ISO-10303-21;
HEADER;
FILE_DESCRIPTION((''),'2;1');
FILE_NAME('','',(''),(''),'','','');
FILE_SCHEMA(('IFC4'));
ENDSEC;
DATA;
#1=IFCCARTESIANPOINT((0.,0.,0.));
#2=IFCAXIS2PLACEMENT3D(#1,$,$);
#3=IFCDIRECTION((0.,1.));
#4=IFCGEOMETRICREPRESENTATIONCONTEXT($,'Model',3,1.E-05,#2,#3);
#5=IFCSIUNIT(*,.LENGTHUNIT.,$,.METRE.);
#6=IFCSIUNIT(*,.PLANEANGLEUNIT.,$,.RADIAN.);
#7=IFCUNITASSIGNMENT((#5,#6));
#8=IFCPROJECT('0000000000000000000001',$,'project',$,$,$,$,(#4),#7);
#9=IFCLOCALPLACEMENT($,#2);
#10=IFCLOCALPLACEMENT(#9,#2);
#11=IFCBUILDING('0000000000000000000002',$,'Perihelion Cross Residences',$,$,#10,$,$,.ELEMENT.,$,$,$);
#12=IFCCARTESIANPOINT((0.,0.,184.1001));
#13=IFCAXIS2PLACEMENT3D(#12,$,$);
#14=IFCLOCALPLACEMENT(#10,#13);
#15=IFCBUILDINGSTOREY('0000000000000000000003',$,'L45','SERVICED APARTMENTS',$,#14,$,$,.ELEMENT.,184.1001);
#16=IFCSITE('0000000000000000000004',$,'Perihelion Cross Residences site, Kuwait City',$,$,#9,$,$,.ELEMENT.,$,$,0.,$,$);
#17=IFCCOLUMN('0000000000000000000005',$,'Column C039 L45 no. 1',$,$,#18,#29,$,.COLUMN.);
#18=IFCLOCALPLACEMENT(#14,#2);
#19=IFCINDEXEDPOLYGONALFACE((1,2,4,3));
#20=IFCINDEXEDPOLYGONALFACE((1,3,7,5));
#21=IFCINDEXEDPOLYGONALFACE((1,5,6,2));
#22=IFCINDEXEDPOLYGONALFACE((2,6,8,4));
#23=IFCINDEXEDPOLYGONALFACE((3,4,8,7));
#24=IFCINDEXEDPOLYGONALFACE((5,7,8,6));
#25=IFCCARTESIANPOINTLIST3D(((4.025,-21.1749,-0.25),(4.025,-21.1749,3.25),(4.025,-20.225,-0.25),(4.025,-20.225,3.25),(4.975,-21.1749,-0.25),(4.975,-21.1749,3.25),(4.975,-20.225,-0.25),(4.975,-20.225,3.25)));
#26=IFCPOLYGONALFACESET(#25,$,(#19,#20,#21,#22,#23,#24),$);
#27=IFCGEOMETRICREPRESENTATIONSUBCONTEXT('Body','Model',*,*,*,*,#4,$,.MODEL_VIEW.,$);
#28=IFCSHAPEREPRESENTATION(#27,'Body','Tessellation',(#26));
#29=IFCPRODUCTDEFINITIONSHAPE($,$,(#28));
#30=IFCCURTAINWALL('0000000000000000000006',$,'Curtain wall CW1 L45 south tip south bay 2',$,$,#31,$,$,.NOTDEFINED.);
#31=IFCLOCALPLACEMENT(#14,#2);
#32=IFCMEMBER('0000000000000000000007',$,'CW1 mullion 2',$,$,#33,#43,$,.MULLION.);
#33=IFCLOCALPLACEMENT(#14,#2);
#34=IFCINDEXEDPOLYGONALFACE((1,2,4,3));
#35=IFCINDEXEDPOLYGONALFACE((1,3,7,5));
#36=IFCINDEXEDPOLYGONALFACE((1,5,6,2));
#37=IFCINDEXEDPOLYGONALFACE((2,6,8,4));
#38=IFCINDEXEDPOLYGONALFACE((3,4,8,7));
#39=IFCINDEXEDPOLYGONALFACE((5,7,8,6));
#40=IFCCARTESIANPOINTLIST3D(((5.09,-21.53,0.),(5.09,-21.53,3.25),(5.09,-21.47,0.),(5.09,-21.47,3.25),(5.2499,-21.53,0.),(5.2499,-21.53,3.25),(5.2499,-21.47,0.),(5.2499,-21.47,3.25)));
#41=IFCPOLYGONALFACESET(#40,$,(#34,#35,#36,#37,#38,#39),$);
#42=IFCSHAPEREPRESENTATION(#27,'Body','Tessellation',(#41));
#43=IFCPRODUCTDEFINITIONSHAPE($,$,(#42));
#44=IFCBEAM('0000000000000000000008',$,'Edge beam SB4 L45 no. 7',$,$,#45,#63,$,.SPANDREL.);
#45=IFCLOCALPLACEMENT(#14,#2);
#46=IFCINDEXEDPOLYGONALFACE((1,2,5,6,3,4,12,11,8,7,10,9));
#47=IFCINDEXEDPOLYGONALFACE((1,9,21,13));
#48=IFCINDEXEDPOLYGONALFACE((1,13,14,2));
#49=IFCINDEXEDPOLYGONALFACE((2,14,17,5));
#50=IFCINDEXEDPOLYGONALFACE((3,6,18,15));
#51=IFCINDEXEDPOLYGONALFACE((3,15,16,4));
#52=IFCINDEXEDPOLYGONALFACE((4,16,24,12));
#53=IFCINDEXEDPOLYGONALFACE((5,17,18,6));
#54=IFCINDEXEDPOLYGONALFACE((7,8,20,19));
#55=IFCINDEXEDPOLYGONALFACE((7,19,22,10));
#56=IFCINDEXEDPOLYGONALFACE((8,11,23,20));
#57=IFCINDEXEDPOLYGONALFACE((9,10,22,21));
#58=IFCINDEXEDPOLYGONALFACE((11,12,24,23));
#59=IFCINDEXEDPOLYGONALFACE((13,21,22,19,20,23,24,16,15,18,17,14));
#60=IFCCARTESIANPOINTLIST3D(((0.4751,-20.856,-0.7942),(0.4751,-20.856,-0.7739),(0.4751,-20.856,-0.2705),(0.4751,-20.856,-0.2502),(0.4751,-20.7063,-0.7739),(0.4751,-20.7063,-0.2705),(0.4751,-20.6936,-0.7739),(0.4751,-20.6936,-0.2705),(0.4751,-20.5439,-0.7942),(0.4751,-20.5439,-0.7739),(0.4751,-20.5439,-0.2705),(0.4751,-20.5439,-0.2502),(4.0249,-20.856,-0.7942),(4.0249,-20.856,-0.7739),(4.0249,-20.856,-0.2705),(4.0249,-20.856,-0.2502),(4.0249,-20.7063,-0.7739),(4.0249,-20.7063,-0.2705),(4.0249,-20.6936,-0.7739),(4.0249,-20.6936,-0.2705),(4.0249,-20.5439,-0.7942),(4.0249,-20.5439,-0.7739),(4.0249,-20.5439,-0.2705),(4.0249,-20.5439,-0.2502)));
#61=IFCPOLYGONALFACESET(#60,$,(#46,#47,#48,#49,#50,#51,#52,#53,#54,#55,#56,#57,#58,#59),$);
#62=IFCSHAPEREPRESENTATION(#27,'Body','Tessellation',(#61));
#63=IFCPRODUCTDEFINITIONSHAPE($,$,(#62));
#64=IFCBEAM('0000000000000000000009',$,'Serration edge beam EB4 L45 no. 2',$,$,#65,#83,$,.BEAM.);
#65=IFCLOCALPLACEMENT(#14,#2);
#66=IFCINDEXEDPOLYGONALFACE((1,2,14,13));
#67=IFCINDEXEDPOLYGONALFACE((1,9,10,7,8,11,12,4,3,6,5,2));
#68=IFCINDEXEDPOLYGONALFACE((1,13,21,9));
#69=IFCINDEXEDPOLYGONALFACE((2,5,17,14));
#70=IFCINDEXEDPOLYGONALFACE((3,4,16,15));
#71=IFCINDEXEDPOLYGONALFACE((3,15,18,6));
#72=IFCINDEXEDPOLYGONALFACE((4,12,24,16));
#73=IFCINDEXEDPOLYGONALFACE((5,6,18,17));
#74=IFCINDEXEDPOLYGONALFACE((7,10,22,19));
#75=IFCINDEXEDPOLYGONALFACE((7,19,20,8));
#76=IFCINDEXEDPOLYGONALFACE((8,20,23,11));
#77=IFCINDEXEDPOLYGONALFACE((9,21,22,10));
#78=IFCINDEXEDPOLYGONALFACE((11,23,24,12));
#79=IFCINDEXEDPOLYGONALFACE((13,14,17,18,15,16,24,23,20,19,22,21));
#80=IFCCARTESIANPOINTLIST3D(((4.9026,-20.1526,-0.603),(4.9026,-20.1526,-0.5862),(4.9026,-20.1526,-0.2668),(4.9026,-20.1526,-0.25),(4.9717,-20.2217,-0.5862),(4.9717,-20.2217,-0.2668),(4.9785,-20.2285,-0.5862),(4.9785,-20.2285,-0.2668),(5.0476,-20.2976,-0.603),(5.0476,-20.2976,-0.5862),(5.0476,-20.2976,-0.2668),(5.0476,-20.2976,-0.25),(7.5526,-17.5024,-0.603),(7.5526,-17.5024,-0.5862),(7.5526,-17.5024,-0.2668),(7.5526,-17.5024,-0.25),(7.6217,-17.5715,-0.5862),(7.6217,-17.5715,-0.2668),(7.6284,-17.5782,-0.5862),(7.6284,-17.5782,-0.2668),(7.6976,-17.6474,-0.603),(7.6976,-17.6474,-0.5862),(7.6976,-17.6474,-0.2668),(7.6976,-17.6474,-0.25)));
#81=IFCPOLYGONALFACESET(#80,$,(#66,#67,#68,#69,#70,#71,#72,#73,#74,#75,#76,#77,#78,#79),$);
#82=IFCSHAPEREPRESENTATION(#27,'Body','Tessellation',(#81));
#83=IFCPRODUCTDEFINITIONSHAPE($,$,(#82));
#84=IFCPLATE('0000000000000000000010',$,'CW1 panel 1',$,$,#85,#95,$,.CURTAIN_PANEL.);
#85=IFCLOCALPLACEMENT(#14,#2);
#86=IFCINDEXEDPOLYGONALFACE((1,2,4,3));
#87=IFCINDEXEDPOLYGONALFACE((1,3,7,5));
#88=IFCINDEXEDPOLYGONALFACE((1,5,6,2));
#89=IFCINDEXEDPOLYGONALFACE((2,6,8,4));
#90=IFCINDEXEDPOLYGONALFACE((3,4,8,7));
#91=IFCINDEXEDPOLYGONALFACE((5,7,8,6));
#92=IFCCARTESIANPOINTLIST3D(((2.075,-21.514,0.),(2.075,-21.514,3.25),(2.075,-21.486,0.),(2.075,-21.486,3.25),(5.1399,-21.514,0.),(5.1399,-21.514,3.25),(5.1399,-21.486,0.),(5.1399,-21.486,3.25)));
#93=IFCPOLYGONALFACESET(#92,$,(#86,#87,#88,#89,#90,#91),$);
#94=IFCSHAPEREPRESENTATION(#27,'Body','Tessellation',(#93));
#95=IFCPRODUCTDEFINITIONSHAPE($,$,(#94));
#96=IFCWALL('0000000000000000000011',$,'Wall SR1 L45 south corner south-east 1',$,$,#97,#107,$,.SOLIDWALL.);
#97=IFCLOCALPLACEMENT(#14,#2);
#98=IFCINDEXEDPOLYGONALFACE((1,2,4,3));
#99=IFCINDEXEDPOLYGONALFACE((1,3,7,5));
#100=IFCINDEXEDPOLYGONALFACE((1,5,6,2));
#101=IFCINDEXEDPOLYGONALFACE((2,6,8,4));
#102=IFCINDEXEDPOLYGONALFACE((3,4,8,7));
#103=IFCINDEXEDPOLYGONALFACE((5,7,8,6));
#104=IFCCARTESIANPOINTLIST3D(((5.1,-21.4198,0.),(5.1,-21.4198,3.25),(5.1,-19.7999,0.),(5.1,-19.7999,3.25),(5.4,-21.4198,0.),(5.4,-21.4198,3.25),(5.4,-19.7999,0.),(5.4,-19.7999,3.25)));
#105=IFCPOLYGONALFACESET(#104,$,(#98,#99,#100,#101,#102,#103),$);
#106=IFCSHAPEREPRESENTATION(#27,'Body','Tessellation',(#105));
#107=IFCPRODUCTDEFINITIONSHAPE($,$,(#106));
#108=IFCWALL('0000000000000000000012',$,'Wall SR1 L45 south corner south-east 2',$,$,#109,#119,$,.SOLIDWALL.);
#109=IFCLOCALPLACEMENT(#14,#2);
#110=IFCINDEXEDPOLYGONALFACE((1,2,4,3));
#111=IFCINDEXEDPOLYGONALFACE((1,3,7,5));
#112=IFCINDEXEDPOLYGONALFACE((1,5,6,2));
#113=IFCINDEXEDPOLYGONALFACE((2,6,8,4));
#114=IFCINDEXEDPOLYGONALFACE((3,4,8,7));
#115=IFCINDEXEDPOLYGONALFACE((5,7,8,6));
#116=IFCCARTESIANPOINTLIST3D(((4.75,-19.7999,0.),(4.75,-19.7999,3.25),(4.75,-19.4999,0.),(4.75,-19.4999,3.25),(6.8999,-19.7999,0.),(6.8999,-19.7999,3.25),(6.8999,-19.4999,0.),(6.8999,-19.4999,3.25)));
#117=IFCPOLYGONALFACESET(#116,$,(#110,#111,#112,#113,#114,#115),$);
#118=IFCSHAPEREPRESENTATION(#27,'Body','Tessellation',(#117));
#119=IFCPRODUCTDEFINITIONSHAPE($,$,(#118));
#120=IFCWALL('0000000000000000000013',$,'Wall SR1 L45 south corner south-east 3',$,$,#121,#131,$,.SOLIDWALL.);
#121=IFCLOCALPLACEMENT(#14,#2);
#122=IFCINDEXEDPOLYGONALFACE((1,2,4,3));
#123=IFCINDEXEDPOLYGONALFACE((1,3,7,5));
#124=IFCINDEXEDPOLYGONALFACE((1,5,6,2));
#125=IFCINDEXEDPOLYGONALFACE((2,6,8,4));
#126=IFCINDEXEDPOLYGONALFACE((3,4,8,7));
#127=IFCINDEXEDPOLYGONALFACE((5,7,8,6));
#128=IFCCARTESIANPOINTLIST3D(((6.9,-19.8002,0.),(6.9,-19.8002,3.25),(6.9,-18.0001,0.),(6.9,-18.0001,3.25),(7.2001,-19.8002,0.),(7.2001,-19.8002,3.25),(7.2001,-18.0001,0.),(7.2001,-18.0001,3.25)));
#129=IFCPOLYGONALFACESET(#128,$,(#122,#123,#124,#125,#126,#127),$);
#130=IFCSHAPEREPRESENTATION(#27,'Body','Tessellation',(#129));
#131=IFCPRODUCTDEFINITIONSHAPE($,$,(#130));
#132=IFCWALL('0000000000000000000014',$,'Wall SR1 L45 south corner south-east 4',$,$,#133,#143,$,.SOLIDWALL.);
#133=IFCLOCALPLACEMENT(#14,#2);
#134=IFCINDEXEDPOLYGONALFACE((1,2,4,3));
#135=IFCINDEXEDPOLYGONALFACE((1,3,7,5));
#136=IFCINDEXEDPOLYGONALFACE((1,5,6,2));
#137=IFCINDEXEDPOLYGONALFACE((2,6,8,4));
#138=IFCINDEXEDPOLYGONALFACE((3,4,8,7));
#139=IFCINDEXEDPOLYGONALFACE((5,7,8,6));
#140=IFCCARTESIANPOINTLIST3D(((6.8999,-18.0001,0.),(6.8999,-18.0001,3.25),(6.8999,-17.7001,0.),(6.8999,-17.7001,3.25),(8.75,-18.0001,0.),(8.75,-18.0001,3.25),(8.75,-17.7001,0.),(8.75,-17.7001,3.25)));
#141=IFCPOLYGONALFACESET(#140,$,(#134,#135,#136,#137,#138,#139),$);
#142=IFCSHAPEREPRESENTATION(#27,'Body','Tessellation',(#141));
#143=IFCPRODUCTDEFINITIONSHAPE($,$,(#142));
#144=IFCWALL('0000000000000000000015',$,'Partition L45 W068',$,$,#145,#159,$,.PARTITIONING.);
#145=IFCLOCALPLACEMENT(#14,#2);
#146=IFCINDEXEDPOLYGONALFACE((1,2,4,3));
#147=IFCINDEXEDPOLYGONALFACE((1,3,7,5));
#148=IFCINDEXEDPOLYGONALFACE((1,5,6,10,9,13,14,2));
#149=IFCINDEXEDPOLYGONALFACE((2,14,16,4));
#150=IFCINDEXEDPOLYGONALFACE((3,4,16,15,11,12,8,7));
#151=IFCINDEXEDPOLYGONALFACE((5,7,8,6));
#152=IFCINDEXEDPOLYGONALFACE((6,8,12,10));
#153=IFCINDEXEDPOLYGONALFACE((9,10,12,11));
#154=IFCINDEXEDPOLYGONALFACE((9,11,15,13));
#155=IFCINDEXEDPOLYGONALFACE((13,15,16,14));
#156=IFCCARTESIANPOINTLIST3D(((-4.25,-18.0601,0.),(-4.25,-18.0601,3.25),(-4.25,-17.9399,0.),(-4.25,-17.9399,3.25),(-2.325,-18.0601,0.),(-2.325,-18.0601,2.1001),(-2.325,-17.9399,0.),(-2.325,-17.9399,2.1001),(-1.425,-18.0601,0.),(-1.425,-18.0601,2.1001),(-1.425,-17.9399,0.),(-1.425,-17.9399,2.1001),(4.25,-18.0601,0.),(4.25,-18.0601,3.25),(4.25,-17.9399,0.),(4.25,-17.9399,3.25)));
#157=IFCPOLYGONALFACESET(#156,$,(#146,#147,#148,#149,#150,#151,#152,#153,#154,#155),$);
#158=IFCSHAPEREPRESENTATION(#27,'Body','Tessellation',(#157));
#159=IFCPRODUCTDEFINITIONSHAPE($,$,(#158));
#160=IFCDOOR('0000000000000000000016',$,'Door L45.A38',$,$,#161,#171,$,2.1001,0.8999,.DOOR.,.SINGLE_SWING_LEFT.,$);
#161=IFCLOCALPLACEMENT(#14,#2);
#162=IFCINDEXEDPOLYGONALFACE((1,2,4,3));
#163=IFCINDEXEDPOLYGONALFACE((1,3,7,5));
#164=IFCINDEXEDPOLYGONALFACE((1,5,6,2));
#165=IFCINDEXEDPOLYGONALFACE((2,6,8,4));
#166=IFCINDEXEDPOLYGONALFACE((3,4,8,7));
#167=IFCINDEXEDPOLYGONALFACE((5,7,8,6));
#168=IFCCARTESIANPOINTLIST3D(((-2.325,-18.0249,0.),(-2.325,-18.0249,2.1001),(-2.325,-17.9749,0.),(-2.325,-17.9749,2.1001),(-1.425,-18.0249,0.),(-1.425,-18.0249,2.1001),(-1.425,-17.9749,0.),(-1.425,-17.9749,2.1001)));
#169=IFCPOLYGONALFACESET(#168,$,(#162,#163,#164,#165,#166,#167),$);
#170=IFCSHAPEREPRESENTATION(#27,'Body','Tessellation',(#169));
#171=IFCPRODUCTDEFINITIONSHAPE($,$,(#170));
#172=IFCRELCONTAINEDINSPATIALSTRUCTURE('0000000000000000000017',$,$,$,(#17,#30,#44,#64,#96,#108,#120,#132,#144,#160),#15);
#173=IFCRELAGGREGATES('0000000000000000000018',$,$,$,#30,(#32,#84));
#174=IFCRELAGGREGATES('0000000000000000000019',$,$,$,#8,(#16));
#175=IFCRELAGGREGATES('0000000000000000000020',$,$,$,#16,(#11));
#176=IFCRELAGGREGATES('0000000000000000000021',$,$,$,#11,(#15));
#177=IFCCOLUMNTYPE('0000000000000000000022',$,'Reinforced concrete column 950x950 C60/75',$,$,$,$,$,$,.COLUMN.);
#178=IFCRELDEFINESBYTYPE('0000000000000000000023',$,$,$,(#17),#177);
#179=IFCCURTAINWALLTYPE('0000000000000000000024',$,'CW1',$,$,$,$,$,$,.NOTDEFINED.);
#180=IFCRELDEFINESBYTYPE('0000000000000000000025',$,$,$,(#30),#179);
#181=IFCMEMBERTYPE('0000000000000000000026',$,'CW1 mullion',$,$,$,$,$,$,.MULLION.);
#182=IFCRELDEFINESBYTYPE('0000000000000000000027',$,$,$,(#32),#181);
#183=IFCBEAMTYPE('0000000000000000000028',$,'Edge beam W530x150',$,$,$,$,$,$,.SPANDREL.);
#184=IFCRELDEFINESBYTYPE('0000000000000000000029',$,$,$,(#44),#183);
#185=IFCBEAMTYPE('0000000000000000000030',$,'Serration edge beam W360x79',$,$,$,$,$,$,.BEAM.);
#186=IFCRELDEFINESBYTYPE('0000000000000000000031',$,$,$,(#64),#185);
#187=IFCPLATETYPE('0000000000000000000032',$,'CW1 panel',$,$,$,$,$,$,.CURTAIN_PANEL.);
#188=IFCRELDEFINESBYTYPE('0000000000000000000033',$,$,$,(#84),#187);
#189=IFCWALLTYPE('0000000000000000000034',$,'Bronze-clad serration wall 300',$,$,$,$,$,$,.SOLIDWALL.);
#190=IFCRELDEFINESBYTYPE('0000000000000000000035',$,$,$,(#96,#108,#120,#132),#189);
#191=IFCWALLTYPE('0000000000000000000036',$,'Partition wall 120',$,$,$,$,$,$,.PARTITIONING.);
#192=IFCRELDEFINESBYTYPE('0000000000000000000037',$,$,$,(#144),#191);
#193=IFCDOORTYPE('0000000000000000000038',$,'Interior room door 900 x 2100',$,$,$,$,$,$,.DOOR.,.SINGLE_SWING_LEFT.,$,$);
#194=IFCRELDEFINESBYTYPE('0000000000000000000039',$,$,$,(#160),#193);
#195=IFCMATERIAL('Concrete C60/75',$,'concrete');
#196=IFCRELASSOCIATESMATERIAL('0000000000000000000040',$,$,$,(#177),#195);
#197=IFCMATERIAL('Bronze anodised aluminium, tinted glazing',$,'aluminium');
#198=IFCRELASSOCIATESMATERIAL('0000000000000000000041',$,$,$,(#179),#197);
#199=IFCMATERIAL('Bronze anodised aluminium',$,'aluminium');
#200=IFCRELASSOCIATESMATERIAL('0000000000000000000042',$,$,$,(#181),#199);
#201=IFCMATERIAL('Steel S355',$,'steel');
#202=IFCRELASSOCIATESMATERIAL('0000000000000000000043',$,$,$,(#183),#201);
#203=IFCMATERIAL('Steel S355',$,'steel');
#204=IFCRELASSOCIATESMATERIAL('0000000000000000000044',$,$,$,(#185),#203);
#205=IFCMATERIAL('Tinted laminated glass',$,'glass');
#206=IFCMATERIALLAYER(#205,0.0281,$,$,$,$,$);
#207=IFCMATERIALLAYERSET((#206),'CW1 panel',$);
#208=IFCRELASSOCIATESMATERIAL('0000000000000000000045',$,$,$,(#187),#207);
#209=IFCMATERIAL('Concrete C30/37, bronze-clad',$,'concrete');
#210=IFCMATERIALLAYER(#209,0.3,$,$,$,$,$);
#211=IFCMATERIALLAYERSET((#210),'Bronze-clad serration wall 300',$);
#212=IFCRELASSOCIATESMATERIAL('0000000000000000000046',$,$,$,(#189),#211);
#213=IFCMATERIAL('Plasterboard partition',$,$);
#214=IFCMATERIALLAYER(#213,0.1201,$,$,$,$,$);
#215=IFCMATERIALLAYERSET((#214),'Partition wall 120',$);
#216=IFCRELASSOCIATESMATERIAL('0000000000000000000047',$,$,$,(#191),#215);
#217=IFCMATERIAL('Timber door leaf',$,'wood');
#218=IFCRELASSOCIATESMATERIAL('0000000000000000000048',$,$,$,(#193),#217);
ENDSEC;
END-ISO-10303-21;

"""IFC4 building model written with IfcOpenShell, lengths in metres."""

from ifc_helpers import new_model, si_unit, direction, frame, frame_2d, origin, origin_2d, place, context, subcontext, project, spatial, rectangle, i_section, extrude, material, layer, layer_set, material_profile, profile_set, type_object, element, fill, aggregate, save


model = new_model("IFC4")

# Units and contexts
model_context = context("Model", 3, precision=1e-05, world=origin(), true_north=direction((0.0, 1.0)))
body_context = subcontext(model_context, "Body", "Model", "MODEL_VIEW")
ifc_project = project(units=[si_unit("LENGTHUNIT", "METRE"), si_unit("PLANEANGLEUNIT", "RADIAN")], contexts=[model_context])

# Site, building, storey
site_placement = place(None, origin())
site = spatial("IfcSite", under=ifc_project, at=site_placement, Name="Perihelion Cross Residences site, Kuwait City", CompositionType="ELEMENT", RefElevation=0.0)
building_placement = place(site_placement, origin())
building = spatial("IfcBuilding", under=site, at=building_placement, Name="Perihelion Cross Residences", CompositionType="ELEMENT")
storey_placement = place(building_placement, frame((0.0, 0.0, 184.1001)))
storey = spatial("IfcBuildingStorey", under=building, at=storey_placement, Name="L45", Description="SERVICED APARTMENTS", CompositionType="ELEMENT", Elevation=184.1001)

# Column
ifc_material_1 = material(Name="Concrete C60/75", Category="concrete")
ifc_material_profile_1 = material_profile(ifc_material_1, rectangle(XDim=0.95, YDim=0.95, at=origin_2d()), Name="RC 950x950")
ifc_profile_set_1 = profile_set([ifc_material_profile_1], Name="Concrete C60/75")
column_type = type_object("IfcColumnType", Name="Reinforced concrete column 950x950 C60/75", PredefinedType="COLUMN", material=ifc_profile_set_1)
column_placement = place(storey_placement, frame((4.5, -20.7, -0.25), z_axis=(0.0, 0.0, 1.0), x_axis=(1.0, 0.0, 0.0)))
element("IfcColumn", 1, at=column_placement, inside=storey, type_object=column_type, Name="Column C039 L45 no. 1", PredefinedType="COLUMN", context=body_context, shape_type="SweptSolid", body=[
    extrude(rectangle(XDim=0.95, YDim=0.95, at=origin_2d()), origin(), (0.0, 0.0, 1.0), 3.5),
])

# Curtain wall, member
ifc_material_2 = material(Name="Bronze anodised aluminium, tinted glazing", Category="aluminium")
curtain_wall_type = type_object("IfcCurtainWallType", Name="CW1", PredefinedType="NOTDEFINED", material=ifc_material_2)
curtain_wall_placement = place(storey_placement, origin())
curtain_wall = element("IfcCurtainWall", 2, at=curtain_wall_placement, inside=storey, type_object=curtain_wall_type, Name="Curtain wall CW1 L45 south tip south bay 2", PredefinedType="NOTDEFINED")
ifc_material_3 = material(Name="Bronze anodised aluminium", Category="aluminium")
ifc_material_profile_2 = material_profile(ifc_material_3, rectangle(XDim=0.0601, YDim=0.1599, at=origin_2d()), Name="CW1 mullion")
ifc_profile_set_2 = profile_set([ifc_material_profile_2], Name="Bronze anodised aluminium")
member_type = type_object("IfcMemberType", Name="CW1 mullion", PredefinedType="MULLION", material=ifc_profile_set_2)
member_placement = place(storey_placement, frame((5.1699, -21.5, 0.0), z_axis=(0.0, 0.0, 1.0), x_axis=(0.0, 1.0, 0.0)))
member = element("IfcMember", 3, at=member_placement, type_object=member_type, Name="CW1 mullion 2", PredefinedType="MULLION", context=body_context, shape_type="SweptSolid", body=[
    extrude(rectangle(XDim=0.0601, YDim=0.1599, at=origin_2d()), origin(), (0.0, 0.0, 1.0), 3.25),
])

# Beams
ifc_material_4 = material(Name="Steel S355", Category="steel")
ifc_material_profile_3 = material_profile(ifc_material_4, i_section(OverallWidth=0.312, OverallDepth=0.5439, WebThickness=0.0127, FlangeThickness=0.0203, at=origin_2d()), Name="W530x150")
ifc_profile_set_3 = profile_set([ifc_material_profile_3], Name="Steel S355")
beam_type_1 = type_object("IfcBeamType", Name="Edge beam W530x150", PredefinedType="SPANDREL", material=ifc_profile_set_3)
beam_1_placement = place(storey_placement, frame((0.4751, -20.7, -0.5222), z_axis=(1.0, 0.0, 0.0), x_axis=(0.0, 1.0, 0.0)))
element("IfcBeam", 4, at=beam_1_placement, inside=storey, type_object=beam_type_1, Name="Edge beam SB4 L45 no. 7", PredefinedType="SPANDREL", context=body_context, shape_type="SweptSolid", body=[
    extrude(i_section(OverallWidth=0.312, OverallDepth=0.5439, WebThickness=0.0127, FlangeThickness=0.0203, at=origin_2d()), origin(), (0.0, 0.0, 1.0), 3.5498),
])
ifc_material_5 = material(Name="Steel S355", Category="steel")
ifc_material_profile_4 = material_profile(ifc_material_5, i_section(OverallWidth=0.2051, OverallDepth=0.353, WebThickness=0.0095, FlangeThickness=0.0168, at=origin_2d()), Name="W360x79")
ifc_profile_set_4 = profile_set([ifc_material_profile_4], Name="Steel S355")
beam_type_2 = type_object("IfcBeamType", Name="Serration edge beam W360x79", PredefinedType="BEAM", material=ifc_profile_set_4)
beam_2_placement = place(storey_placement, frame((4.9751, -20.2251, -0.4265), z_axis=(0.707074, 0.707139, 0.0), x_axis=(-0.707139, 0.707074, 0.0)))
element("IfcBeam", 5, at=beam_2_placement, inside=storey, type_object=beam_type_2, Name="Serration edge beam EB4 L45 no. 2", PredefinedType="BEAM", context=body_context, shape_type="SweptSolid", body=[
    extrude(i_section(OverallWidth=0.2051, OverallDepth=0.353, WebThickness=0.0095, FlangeThickness=0.0168, at=origin_2d()), origin(), (0.0, 0.0, 1.0), 3.7478),
])

# Plate
ifc_material_6 = material(Name="Tinted laminated glass", Category="glass")
ifc_layer_1 = layer(ifc_material_6, 0.0281)
ifc_layer_set_1 = layer_set([ifc_layer_1], Name="CW1 panel")
plate_type = type_object("IfcPlateType", Name="CW1 panel", PredefinedType="CURTAIN_PANEL", material=ifc_layer_set_1)
plate_placement = place(storey_placement, frame((3.6074, -21.5, 0.0), z_axis=(0.0, 0.0, 1.0), x_axis=(1.0, 0.0, 0.0)))
plate = element("IfcPlate", 6, at=plate_placement, type_object=plate_type, Name="CW1 panel 1", PredefinedType="CURTAIN_PANEL", context=body_context, shape_type="SweptSolid", body=[
    extrude(rectangle(XDim=3.0649, YDim=0.0281, at=origin_2d()), origin(), (0.0, 0.0, 1.0), 3.25),
])
aggregate(curtain_wall, [member, plate])

# Walls
ifc_material_7 = material(Name="Concrete C30/37, bronze-clad", Category="concrete")
ifc_layer_2 = layer(ifc_material_7, 0.3)
ifc_layer_set_2 = layer_set([ifc_layer_2], Name="Bronze-clad serration wall 300")
wall_type_1 = type_object("IfcWallType", Name="Bronze-clad serration wall 300", PredefinedType="SOLIDWALL", material=ifc_layer_set_2)
wall_1_placement = place(storey_placement, frame((5.25, -21.4199, 0.0), z_axis=(0.0, 0.0, 1.0), x_axis=(0.0, 1.0, 0.0)))
element("IfcWall", 7, at=wall_1_placement, inside=storey, type_object=wall_type_1, Name="Wall SR1 L45 south corner south-east 1", PredefinedType="SOLIDWALL", context=body_context, shape_type="SweptSolid", body=[
    extrude(rectangle(XDim=1.6199, YDim=0.3, at=frame_2d((0.8101, 0.0))), origin(), (0.0, 0.0, 1.0), 3.25),
])
wall_2_placement = place(storey_placement, frame((4.75, -19.6499, 0.0), z_axis=(0.0, 0.0, 1.0), x_axis=(1.0, 0.0, 0.0)))
element("IfcWall", 8, at=wall_2_placement, inside=storey, type_object=wall_type_1, Name="Wall SR1 L45 south corner south-east 2", PredefinedType="SOLIDWALL", context=body_context, shape_type="SweptSolid", body=[
    extrude(rectangle(XDim=2.1499, YDim=0.3, at=frame_2d((1.075, 0.0))), origin(), (0.0, 0.0, 1.0), 3.25),
])
wall_3_placement = place(storey_placement, frame((7.05, -19.8, 0.0), z_axis=(0.0, 0.0, 1.0), x_axis=(0.0, 1.0, 0.0)))
element("IfcWall", 9, at=wall_3_placement, inside=storey, type_object=wall_type_1, Name="Wall SR1 L45 south corner south-east 3", PredefinedType="SOLIDWALL", context=body_context, shape_type="SweptSolid", body=[
    extrude(rectangle(XDim=1.8, YDim=0.3, at=frame_2d((0.8999, 0.0))), origin(), (0.0, 0.0, 1.0), 3.25),
])
wall_4_placement = place(storey_placement, frame((6.8999, -17.8501, 0.0), z_axis=(0.0, 0.0, 1.0), x_axis=(1.0, 0.0, 0.0)))
element("IfcWall", 10, at=wall_4_placement, inside=storey, type_object=wall_type_1, Name="Wall SR1 L45 south corner south-east 4", PredefinedType="SOLIDWALL", context=body_context, shape_type="SweptSolid", body=[
    extrude(rectangle(XDim=1.8501, YDim=0.3, at=frame_2d((0.925, 0.0))), origin(), (0.0, 0.0, 1.0), 3.25),
])

# Wall, opening, door
ifc_material_8 = material(Name="Plasterboard partition")
ifc_layer_3 = layer(ifc_material_8, 0.1201)
ifc_layer_set_3 = layer_set([ifc_layer_3], Name="Partition wall 120")
wall_type_2 = type_object("IfcWallType", Name="Partition wall 120", PredefinedType="PARTITIONING", material=ifc_layer_set_3)
wall_5_placement = place(storey_placement, frame((4.25, -18.0, 0.0), z_axis=(0.0, 0.0, 1.0), x_axis=(-1.0, 0.0, 0.0)))
wall_5 = element("IfcWall", 11, at=wall_5_placement, inside=storey, type_object=wall_type_2, Name="Partition L45 W068", PredefinedType="PARTITIONING", context=body_context, shape_type="SweptSolid", body=[
    extrude(rectangle(XDim=8.5, YDim=0.1201, at=frame_2d((4.25, 0.0))), origin(), (0.0, 0.0, 1.0), 3.25),
])
opening_1_placement = place(wall_5_placement, frame((5.675, 0.0, 0.0)))
opening_1 = element("IfcOpeningElement", 12, at=opening_1_placement, cuts=wall_5, PredefinedType="OPENING", context=body_context, shape_type="SweptSolid", body=[
    extrude(rectangle(XDim=0.8999, YDim=2.1001, at=frame_2d((0.45, 1.05))), frame((0.0, 0.0701, 0.0), z_axis=(0.0, -1.0, 0.0), x_axis=(1.0, 0.0, 0.0)), (0.0, 0.0, 1.0), 0.1401),
])
ifc_material_9 = material(Name="Timber door leaf", Category="wood")
door_type_1 = type_object("IfcDoorType", Name="Interior room door 900 x 2100", OperationType="SINGLE_SWING_LEFT", PredefinedType="DOOR", material=ifc_material_9)
door_1_placement = place(opening_1_placement, origin())
door_1 = element("IfcDoor", 13, at=door_1_placement, inside=storey, type_object=door_type_1, Name="Door L45.A38", OperationType="SINGLE_SWING_LEFT", OverallHeight=2.1001, OverallWidth=0.8999, PredefinedType="DOOR", context=body_context, shape_type="SweptSolid", body=[
    extrude(rectangle(XDim=0.8999, YDim=2.1001, at=frame_2d((0.45, 1.05))), frame((0.0, 0.0249, 0.0), z_axis=(0.0, -1.0, 0.0), x_axis=(1.0, 0.0, 0.0)), (0.0, 0.0, 1.0), 0.05),
])
fill(opening_1, door_1)

save(model, "model.ifc")
